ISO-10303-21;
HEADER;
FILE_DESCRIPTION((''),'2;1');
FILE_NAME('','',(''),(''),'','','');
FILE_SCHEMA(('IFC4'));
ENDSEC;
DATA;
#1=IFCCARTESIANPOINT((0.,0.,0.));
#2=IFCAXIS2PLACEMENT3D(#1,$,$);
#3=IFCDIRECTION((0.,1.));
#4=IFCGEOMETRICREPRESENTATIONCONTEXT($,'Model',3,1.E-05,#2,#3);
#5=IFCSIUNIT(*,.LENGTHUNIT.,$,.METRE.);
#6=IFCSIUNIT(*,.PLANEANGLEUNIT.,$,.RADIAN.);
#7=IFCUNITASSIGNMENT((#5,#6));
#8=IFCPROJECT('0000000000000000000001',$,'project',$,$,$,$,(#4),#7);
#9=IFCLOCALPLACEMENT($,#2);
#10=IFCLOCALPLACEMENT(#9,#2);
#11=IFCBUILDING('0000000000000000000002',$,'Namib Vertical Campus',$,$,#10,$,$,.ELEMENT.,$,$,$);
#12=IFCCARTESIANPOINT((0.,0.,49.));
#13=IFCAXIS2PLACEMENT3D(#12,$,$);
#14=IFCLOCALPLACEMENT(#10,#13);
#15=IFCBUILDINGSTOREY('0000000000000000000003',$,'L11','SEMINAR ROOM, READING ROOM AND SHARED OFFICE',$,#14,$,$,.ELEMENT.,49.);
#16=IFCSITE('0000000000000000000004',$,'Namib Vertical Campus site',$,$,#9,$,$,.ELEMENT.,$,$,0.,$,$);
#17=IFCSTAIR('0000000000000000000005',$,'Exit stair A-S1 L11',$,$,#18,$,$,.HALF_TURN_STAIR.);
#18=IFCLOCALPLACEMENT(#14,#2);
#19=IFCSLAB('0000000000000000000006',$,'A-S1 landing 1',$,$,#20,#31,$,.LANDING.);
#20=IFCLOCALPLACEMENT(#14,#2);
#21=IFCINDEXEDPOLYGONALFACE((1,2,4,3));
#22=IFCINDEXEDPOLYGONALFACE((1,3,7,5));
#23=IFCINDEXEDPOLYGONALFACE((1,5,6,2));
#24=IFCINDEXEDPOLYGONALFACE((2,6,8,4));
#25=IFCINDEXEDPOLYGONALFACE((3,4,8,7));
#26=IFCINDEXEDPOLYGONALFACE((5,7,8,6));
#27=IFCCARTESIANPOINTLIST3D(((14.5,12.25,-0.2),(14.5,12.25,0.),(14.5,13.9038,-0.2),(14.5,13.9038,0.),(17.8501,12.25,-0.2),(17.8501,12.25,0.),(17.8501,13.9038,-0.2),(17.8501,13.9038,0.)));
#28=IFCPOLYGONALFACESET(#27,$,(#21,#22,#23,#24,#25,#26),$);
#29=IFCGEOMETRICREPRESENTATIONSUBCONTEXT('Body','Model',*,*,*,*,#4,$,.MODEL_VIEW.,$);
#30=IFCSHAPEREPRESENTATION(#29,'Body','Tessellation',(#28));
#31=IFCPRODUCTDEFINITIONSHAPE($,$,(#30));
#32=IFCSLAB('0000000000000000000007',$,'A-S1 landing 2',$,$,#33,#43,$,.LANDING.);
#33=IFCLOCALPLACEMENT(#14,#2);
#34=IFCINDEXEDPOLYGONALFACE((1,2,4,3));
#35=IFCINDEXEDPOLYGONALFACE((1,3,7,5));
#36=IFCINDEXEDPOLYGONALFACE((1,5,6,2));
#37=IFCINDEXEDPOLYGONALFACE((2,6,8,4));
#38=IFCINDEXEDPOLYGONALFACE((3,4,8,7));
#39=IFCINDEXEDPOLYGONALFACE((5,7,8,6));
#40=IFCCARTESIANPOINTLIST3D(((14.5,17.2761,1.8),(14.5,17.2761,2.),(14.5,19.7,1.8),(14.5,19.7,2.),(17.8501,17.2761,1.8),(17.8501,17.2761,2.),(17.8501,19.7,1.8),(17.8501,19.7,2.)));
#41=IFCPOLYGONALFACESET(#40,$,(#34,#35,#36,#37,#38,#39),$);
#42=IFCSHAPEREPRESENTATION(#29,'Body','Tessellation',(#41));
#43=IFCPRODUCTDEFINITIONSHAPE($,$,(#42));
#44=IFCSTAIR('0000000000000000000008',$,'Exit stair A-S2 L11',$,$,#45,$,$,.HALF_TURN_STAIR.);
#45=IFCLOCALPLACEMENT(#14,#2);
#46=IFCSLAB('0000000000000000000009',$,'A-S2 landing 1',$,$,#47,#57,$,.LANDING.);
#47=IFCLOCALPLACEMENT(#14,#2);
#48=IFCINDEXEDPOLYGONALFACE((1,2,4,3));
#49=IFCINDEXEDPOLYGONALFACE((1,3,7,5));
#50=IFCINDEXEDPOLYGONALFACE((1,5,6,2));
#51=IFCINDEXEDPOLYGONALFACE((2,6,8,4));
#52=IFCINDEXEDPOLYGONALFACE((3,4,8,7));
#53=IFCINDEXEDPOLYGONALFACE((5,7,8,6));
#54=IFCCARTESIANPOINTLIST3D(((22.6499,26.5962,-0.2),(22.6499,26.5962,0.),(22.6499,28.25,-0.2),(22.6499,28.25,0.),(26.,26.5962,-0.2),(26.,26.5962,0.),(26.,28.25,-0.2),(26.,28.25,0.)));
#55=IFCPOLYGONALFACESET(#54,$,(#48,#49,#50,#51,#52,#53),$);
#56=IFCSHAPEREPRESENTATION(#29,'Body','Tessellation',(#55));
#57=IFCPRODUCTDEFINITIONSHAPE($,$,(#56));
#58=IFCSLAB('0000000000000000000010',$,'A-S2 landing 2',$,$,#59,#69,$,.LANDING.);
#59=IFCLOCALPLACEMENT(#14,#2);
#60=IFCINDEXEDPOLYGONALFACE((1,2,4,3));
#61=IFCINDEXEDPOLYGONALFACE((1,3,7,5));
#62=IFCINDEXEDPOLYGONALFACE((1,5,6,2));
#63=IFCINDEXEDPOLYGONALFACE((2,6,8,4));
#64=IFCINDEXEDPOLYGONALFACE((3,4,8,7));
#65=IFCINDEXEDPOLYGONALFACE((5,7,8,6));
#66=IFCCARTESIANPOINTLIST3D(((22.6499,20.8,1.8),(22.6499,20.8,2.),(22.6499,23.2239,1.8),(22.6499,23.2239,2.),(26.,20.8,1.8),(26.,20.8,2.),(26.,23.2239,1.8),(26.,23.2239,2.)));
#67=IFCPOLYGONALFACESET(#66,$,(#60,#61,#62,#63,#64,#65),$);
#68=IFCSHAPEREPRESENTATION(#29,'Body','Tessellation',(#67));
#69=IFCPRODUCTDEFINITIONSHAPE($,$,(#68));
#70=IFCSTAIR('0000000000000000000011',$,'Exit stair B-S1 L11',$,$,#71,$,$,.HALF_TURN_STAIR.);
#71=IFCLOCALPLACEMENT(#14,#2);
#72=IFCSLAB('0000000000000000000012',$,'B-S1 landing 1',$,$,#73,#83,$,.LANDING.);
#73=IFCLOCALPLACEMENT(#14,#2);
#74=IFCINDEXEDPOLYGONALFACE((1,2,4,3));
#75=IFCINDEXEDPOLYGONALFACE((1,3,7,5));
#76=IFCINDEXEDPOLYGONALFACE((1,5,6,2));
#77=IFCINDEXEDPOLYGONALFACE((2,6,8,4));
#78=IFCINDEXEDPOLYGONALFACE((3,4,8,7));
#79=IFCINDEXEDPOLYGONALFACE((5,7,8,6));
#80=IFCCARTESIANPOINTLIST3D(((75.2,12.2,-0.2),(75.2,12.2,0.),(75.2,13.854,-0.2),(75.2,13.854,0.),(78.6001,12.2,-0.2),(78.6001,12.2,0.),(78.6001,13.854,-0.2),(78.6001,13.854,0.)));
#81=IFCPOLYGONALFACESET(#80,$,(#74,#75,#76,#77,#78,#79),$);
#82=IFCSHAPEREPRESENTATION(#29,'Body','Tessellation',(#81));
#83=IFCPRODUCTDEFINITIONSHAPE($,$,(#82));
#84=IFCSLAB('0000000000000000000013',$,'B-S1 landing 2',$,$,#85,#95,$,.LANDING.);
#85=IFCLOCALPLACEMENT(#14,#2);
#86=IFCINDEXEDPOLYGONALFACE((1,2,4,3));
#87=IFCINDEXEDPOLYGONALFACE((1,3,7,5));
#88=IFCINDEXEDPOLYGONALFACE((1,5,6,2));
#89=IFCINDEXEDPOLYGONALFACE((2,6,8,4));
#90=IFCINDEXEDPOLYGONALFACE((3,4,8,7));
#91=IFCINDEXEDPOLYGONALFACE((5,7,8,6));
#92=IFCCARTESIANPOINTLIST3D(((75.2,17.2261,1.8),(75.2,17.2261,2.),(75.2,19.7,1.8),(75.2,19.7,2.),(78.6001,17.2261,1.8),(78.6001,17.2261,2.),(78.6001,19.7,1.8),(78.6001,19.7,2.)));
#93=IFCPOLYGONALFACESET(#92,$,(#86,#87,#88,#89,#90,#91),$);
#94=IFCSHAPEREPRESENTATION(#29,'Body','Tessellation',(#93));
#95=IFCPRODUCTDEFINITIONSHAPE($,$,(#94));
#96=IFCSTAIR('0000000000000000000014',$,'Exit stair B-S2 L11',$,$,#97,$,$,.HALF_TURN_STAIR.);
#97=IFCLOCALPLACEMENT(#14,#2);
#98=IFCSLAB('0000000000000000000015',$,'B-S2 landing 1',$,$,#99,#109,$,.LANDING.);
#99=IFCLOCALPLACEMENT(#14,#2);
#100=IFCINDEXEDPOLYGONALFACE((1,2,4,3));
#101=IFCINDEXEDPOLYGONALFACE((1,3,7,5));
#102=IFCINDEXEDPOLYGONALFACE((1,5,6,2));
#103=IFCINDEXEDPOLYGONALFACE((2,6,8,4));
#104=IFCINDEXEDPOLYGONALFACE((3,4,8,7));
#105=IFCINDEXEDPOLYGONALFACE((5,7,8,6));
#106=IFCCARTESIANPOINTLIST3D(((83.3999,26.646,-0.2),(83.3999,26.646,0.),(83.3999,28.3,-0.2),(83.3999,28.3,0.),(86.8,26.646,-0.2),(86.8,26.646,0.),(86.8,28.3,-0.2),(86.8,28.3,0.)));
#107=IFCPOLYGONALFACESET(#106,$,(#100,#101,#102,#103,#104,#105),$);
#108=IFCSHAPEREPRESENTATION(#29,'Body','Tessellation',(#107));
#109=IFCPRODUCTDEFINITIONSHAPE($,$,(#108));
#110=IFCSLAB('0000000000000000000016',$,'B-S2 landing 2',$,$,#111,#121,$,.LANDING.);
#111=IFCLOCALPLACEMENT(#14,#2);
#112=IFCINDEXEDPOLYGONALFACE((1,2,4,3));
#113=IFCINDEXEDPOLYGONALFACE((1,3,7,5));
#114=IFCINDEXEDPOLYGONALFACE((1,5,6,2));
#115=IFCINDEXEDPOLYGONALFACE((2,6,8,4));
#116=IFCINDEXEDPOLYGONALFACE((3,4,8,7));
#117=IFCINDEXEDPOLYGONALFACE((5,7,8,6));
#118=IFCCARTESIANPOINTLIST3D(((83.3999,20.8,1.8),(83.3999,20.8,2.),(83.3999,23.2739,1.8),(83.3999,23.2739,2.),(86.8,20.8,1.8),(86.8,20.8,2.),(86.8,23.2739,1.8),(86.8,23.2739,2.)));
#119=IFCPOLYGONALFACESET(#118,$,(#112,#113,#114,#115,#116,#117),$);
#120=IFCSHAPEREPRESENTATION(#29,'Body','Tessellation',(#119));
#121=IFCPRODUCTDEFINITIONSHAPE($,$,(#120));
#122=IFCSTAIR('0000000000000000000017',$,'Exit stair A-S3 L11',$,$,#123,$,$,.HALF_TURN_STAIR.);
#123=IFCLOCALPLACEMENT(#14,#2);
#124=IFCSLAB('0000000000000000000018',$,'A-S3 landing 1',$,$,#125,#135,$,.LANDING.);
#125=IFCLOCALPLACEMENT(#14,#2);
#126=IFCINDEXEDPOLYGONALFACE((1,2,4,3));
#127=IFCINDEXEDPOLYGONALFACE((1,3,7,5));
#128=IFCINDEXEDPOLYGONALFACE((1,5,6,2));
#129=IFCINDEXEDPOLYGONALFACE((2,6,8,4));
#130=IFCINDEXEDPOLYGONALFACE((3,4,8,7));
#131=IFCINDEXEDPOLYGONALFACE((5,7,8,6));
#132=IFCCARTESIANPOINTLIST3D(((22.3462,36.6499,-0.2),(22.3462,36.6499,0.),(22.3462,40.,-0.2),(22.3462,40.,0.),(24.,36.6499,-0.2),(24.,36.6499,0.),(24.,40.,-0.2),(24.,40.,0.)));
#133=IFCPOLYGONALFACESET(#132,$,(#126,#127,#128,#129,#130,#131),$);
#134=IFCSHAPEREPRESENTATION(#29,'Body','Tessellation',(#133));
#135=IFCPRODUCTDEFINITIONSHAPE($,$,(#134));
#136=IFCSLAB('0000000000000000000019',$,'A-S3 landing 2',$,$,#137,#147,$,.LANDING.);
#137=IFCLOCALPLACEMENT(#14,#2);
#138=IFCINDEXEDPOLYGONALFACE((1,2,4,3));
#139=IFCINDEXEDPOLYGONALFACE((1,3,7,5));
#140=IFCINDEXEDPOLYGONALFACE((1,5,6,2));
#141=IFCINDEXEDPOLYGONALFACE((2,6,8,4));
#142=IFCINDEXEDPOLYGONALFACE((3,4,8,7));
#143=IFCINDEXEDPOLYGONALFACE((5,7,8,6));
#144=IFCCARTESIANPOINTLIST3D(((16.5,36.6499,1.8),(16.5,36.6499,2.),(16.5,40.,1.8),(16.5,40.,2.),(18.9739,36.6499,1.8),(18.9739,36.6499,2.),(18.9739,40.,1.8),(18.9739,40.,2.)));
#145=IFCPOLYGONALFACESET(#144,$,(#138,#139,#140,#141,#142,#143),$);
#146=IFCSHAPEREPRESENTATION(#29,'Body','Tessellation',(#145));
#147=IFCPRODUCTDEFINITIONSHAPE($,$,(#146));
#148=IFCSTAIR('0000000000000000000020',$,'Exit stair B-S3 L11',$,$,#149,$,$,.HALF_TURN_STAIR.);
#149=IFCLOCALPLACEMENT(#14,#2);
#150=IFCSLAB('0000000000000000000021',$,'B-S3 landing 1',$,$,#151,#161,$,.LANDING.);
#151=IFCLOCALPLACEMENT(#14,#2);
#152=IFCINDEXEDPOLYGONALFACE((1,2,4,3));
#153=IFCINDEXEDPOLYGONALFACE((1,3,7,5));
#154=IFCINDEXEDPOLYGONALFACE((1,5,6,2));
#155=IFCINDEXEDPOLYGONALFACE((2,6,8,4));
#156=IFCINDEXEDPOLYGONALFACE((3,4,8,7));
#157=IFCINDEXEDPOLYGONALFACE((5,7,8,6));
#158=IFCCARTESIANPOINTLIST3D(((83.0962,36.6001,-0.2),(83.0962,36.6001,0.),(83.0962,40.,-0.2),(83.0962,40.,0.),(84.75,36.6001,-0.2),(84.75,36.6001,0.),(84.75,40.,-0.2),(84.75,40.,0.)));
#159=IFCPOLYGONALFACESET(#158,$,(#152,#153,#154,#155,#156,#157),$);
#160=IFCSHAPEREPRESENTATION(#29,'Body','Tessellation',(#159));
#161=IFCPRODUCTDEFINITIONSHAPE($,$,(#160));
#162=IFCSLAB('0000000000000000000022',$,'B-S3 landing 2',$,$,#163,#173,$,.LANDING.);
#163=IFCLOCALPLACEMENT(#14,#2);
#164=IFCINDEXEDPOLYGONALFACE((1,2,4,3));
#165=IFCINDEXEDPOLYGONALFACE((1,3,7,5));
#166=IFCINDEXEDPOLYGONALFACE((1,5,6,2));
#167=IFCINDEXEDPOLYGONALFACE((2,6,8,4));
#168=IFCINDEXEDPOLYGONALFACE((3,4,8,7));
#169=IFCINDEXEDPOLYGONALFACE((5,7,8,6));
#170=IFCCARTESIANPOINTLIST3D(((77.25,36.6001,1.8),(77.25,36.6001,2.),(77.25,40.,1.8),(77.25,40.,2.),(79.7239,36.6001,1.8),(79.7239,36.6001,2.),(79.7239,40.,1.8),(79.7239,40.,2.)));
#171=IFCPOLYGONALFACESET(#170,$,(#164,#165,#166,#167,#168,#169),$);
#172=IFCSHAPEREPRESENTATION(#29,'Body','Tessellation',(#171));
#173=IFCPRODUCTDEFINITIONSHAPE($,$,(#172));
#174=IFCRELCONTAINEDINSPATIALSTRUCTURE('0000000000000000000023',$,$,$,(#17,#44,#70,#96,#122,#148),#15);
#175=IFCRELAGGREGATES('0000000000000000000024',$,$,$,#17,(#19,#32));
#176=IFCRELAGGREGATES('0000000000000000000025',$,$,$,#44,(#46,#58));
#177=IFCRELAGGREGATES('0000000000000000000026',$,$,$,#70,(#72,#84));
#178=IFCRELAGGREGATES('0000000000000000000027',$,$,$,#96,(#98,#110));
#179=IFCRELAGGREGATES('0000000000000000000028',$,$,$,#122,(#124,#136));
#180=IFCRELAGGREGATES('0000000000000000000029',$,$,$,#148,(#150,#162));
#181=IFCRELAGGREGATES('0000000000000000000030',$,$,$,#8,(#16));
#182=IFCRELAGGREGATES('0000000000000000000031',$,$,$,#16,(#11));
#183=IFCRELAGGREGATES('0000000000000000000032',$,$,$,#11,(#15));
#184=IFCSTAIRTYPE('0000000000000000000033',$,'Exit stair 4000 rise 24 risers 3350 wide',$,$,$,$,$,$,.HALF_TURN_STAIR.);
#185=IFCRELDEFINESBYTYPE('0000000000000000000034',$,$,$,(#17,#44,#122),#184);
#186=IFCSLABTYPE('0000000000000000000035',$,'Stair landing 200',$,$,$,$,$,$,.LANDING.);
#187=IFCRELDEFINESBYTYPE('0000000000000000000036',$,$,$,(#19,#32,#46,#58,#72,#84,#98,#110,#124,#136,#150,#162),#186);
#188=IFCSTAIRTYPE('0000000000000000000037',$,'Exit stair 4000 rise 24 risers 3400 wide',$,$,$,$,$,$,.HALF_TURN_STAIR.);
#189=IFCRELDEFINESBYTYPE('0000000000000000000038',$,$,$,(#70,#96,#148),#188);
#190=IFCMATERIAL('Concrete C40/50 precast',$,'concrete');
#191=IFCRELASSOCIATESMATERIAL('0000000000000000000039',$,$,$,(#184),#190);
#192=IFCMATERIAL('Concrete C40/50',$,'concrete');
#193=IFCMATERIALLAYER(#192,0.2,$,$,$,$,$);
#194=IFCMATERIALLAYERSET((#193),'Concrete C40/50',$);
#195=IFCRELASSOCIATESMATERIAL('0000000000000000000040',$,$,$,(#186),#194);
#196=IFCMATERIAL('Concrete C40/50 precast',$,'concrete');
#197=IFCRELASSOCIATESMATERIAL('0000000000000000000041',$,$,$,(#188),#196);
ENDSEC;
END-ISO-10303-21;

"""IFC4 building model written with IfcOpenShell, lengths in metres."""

from ifc_helpers import new_model, si_unit, direction, frame, origin, place, context, subcontext, project, spatial, polyline, outline, extrude, material, layer, layer_set, type_object, element, aggregate, save


model = new_model("IFC4")

# Units and contexts
model_context = context("Model", 3, precision=1e-05, world=origin(), true_north=direction((0.0, 1.0)))
body_context = subcontext(model_context, "Body", "Model", "MODEL_VIEW")
ifc_project = project(units=[si_unit("LENGTHUNIT", "METRE"), si_unit("PLANEANGLEUNIT", "RADIAN")], contexts=[model_context])

# Site, building, storey
site_placement = place(None, origin())
site = spatial("IfcSite", under=ifc_project, at=site_placement, Name="Namib Vertical Campus site", CompositionType="ELEMENT", RefElevation=0.0)
building_placement = place(site_placement, origin())
building = spatial("IfcBuilding", under=site, at=building_placement, Name="Namib Vertical Campus", CompositionType="ELEMENT")
storey_placement = place(building_placement, frame((0.0, 0.0, 49.0)))
storey = spatial("IfcBuildingStorey", under=building, at=storey_placement, Name="L11", Description="SEMINAR ROOM, READING ROOM AND SHARED OFFICE", CompositionType="ELEMENT", Elevation=49.0)

# Stairs, slabs
ifc_material_1 = material(Name="Concrete C40/50 precast", Category="concrete")
stair_type_1 = type_object("IfcStairType", Name="Exit stair 4000 rise 24 risers 3350 wide", PredefinedType="HALF_TURN_STAIR", material=ifc_material_1)
stair_1_placement = place(storey_placement, origin())
stair_1 = element("IfcStair", 1, at=stair_1_placement, inside=storey, type_object=stair_type_1, Name="Exit stair A-S1 L11", PredefinedType="HALF_TURN_STAIR")
ifc_material_2 = material(Name="Concrete C40/50", Category="concrete")
ifc_layer_1 = layer(ifc_material_2, 0.2)
ifc_layer_set_1 = layer_set([ifc_layer_1], Name="Concrete C40/50")
slab_type_1 = type_object("IfcSlabType", Name="Stair landing 200", PredefinedType="LANDING", material=ifc_layer_set_1)
slab_1_placement = place(storey_placement, frame((0.0, 0.0, -0.2)))
slab_1 = element("IfcSlab", 2, at=slab_1_placement, type_object=slab_type_1, Name="A-S1 landing 1", PredefinedType="LANDING", context=body_context, shape_type="SweptSolid", body=[
    extrude(outline(polyline([(14.5, 12.25), (17.8501, 12.25), (17.8501, 13.9038), (14.5, 13.9038), (14.5, 12.25)])), origin(), (0.0, 0.0, 1.0), 0.2),
])
slab_2_placement = place(storey_placement, frame((0.0, 0.0, 1.8)))
slab_2 = element("IfcSlab", 3, at=slab_2_placement, type_object=slab_type_1, Name="A-S1 landing 2", PredefinedType="LANDING", context=body_context, shape_type="SweptSolid", body=[
    extrude(outline(polyline([(14.5, 17.2761), (17.8501, 17.2761), (17.8501, 19.7), (14.5, 19.7), (14.5, 17.2761)])), origin(), (0.0, 0.0, 1.0), 0.2),
])
aggregate(stair_1, [slab_1, slab_2])
stair_2_placement = place(storey_placement, origin())
stair_2 = element("IfcStair", 4, at=stair_2_placement, inside=storey, type_object=stair_type_1, Name="Exit stair A-S2 L11", PredefinedType="HALF_TURN_STAIR")
slab_3_placement = place(storey_placement, frame((0.0, 0.0, -0.2)))
slab_3 = element("IfcSlab", 5, at=slab_3_placement, type_object=slab_type_1, Name="A-S2 landing 1", PredefinedType="LANDING", context=body_context, shape_type="SweptSolid", body=[
    extrude(outline(polyline([(22.6499, 26.5962), (26.0, 26.5962), (26.0, 28.25), (22.6499, 28.25), (22.6499, 26.5962)])), origin(), (0.0, 0.0, 1.0), 0.2),
])
slab_4_placement = place(storey_placement, frame((0.0, 0.0, 1.8)))
slab_4 = element("IfcSlab", 6, at=slab_4_placement, type_object=slab_type_1, Name="A-S2 landing 2", PredefinedType="LANDING", context=body_context, shape_type="SweptSolid", body=[
    extrude(outline(polyline([(22.6499, 20.8), (26.0, 20.8), (26.0, 23.2239), (22.6499, 23.2239), (22.6499, 20.8)])), origin(), (0.0, 0.0, 1.0), 0.2),
])
aggregate(stair_2, [slab_3, slab_4])
ifc_material_3 = material(Name="Concrete C40/50 precast", Category="concrete")
stair_type_2 = type_object("IfcStairType", Name="Exit stair 4000 rise 24 risers 3400 wide", PredefinedType="HALF_TURN_STAIR", material=ifc_material_3)
stair_3_placement = place(storey_placement, origin())
stair_3 = element("IfcStair", 7, at=stair_3_placement, inside=storey, type_object=stair_type_2, Name="Exit stair B-S1 L11", PredefinedType="HALF_TURN_STAIR")
slab_5_placement = place(storey_placement, frame((0.0, 0.0, -0.2)))
slab_5 = element("IfcSlab", 8, at=slab_5_placement, type_object=slab_type_1, Name="B-S1 landing 1", PredefinedType="LANDING", context=body_context, shape_type="SweptSolid", body=[
    extrude(outline(polyline([(75.2, 12.2), (78.6001, 12.2), (78.6001, 13.854), (75.2, 13.854), (75.2, 12.2)])), origin(), (0.0, 0.0, 1.0), 0.2),
])
slab_6_placement = place(storey_placement, frame((0.0, 0.0, 1.8)))
slab_6 = element("IfcSlab", 9, at=slab_6_placement, type_object=slab_type_1, Name="B-S1 landing 2", PredefinedType="LANDING", context=body_context, shape_type="SweptSolid", body=[
    extrude(outline(polyline([(75.2, 17.2261), (78.6001, 17.2261), (78.6001, 19.7), (75.2, 19.7), (75.2, 17.2261)])), origin(), (0.0, 0.0, 1.0), 0.2),
])
aggregate(stair_3, [slab_5, slab_6])
stair_4_placement = place(storey_placement, origin())
stair_4 = element("IfcStair", 10, at=stair_4_placement, inside=storey, type_object=stair_type_2, Name="Exit stair B-S2 L11", PredefinedType="HALF_TURN_STAIR")
slab_7_placement = place(storey_placement, frame((0.0, 0.0, -0.2)))
slab_7 = element("IfcSlab", 11, at=slab_7_placement, type_object=slab_type_1, Name="B-S2 landing 1", PredefinedType="LANDING", context=body_context, shape_type="SweptSolid", body=[
    extrude(outline(polyline([(83.3999, 26.646), (86.8, 26.646), (86.8, 28.3), (83.3999, 28.3), (83.3999, 26.646)])), origin(), (0.0, 0.0, 1.0), 0.2),
])
slab_8_placement = place(storey_placement, frame((0.0, 0.0, 1.8)))
slab_8 = element("IfcSlab", 12, at=slab_8_placement, type_object=slab_type_1, Name="B-S2 landing 2", PredefinedType="LANDING", context=body_context, shape_type="SweptSolid", body=[
    extrude(outline(polyline([(83.3999, 20.8), (86.8, 20.8), (86.8, 23.2739), (83.3999, 23.2739), (83.3999, 20.8)])), origin(), (0.0, 0.0, 1.0), 0.2),
])
aggregate(stair_4, [slab_7, slab_8])
stair_5_placement = place(storey_placement, origin())
stair_5 = element("IfcStair", 13, at=stair_5_placement, inside=storey, type_object=stair_type_1, Name="Exit stair A-S3 L11", PredefinedType="HALF_TURN_STAIR")
slab_9_placement = place(storey_placement, frame((0.0, 0.0, -0.2)))
slab_9 = element("IfcSlab", 14, at=slab_9_placement, type_object=slab_type_1, Name="A-S3 landing 1", PredefinedType="LANDING", context=body_context, shape_type="SweptSolid", body=[
    extrude(outline(polyline([(22.3462, 36.6499), (22.3462, 40.0), (24.0, 40.0), (24.0, 36.6499), (22.3462, 36.6499)])), origin(), (0.0, 0.0, 1.0), 0.2),
])
slab_10_placement = place(storey_placement, frame((0.0, 0.0, 1.8)))
slab_10 = element("IfcSlab", 15, at=slab_10_placement, type_object=slab_type_1, Name="A-S3 landing 2", PredefinedType="LANDING", context=body_context, shape_type="SweptSolid", body=[
    extrude(outline(polyline([(16.5, 36.6499), (16.5, 40.0), (18.9739, 40.0), (18.9739, 36.6499), (16.5, 36.6499)])), origin(), (0.0, 0.0, 1.0), 0.2),
])
aggregate(stair_5, [slab_9, slab_10])
stair_6_placement = place(storey_placement, origin())
stair_6 = element("IfcStair", 16, at=stair_6_placement, inside=storey, type_object=stair_type_2, Name="Exit stair B-S3 L11", PredefinedType="HALF_TURN_STAIR")
slab_11_placement = place(storey_placement, frame((0.0, 0.0, -0.2)))
slab_11 = element("IfcSlab", 17, at=slab_11_placement, type_object=slab_type_1, Name="B-S3 landing 1", PredefinedType="LANDING", context=body_context, shape_type="SweptSolid", body=[
    extrude(outline(polyline([(83.0962, 36.6001), (83.0962, 40.0), (84.75, 40.0), (84.75, 36.6001), (83.0962, 36.6001)])), origin(), (0.0, 0.0, 1.0), 0.2),
])
slab_12_placement = place(storey_placement, frame((0.0, 0.0, 1.8)))
slab_12 = element("IfcSlab", 18, at=slab_12_placement, type_object=slab_type_1, Name="B-S3 landing 2", PredefinedType="LANDING", context=body_context, shape_type="SweptSolid", body=[
    extrude(outline(polyline([(77.25, 36.6001), (77.25, 40.0), (79.7239, 40.0), (79.7239, 36.6001), (77.25, 36.6001)])), origin(), (0.0, 0.0, 1.0), 0.2),
])
aggregate(stair_6, [slab_11, slab_12])

save(model, "model.ifc")
